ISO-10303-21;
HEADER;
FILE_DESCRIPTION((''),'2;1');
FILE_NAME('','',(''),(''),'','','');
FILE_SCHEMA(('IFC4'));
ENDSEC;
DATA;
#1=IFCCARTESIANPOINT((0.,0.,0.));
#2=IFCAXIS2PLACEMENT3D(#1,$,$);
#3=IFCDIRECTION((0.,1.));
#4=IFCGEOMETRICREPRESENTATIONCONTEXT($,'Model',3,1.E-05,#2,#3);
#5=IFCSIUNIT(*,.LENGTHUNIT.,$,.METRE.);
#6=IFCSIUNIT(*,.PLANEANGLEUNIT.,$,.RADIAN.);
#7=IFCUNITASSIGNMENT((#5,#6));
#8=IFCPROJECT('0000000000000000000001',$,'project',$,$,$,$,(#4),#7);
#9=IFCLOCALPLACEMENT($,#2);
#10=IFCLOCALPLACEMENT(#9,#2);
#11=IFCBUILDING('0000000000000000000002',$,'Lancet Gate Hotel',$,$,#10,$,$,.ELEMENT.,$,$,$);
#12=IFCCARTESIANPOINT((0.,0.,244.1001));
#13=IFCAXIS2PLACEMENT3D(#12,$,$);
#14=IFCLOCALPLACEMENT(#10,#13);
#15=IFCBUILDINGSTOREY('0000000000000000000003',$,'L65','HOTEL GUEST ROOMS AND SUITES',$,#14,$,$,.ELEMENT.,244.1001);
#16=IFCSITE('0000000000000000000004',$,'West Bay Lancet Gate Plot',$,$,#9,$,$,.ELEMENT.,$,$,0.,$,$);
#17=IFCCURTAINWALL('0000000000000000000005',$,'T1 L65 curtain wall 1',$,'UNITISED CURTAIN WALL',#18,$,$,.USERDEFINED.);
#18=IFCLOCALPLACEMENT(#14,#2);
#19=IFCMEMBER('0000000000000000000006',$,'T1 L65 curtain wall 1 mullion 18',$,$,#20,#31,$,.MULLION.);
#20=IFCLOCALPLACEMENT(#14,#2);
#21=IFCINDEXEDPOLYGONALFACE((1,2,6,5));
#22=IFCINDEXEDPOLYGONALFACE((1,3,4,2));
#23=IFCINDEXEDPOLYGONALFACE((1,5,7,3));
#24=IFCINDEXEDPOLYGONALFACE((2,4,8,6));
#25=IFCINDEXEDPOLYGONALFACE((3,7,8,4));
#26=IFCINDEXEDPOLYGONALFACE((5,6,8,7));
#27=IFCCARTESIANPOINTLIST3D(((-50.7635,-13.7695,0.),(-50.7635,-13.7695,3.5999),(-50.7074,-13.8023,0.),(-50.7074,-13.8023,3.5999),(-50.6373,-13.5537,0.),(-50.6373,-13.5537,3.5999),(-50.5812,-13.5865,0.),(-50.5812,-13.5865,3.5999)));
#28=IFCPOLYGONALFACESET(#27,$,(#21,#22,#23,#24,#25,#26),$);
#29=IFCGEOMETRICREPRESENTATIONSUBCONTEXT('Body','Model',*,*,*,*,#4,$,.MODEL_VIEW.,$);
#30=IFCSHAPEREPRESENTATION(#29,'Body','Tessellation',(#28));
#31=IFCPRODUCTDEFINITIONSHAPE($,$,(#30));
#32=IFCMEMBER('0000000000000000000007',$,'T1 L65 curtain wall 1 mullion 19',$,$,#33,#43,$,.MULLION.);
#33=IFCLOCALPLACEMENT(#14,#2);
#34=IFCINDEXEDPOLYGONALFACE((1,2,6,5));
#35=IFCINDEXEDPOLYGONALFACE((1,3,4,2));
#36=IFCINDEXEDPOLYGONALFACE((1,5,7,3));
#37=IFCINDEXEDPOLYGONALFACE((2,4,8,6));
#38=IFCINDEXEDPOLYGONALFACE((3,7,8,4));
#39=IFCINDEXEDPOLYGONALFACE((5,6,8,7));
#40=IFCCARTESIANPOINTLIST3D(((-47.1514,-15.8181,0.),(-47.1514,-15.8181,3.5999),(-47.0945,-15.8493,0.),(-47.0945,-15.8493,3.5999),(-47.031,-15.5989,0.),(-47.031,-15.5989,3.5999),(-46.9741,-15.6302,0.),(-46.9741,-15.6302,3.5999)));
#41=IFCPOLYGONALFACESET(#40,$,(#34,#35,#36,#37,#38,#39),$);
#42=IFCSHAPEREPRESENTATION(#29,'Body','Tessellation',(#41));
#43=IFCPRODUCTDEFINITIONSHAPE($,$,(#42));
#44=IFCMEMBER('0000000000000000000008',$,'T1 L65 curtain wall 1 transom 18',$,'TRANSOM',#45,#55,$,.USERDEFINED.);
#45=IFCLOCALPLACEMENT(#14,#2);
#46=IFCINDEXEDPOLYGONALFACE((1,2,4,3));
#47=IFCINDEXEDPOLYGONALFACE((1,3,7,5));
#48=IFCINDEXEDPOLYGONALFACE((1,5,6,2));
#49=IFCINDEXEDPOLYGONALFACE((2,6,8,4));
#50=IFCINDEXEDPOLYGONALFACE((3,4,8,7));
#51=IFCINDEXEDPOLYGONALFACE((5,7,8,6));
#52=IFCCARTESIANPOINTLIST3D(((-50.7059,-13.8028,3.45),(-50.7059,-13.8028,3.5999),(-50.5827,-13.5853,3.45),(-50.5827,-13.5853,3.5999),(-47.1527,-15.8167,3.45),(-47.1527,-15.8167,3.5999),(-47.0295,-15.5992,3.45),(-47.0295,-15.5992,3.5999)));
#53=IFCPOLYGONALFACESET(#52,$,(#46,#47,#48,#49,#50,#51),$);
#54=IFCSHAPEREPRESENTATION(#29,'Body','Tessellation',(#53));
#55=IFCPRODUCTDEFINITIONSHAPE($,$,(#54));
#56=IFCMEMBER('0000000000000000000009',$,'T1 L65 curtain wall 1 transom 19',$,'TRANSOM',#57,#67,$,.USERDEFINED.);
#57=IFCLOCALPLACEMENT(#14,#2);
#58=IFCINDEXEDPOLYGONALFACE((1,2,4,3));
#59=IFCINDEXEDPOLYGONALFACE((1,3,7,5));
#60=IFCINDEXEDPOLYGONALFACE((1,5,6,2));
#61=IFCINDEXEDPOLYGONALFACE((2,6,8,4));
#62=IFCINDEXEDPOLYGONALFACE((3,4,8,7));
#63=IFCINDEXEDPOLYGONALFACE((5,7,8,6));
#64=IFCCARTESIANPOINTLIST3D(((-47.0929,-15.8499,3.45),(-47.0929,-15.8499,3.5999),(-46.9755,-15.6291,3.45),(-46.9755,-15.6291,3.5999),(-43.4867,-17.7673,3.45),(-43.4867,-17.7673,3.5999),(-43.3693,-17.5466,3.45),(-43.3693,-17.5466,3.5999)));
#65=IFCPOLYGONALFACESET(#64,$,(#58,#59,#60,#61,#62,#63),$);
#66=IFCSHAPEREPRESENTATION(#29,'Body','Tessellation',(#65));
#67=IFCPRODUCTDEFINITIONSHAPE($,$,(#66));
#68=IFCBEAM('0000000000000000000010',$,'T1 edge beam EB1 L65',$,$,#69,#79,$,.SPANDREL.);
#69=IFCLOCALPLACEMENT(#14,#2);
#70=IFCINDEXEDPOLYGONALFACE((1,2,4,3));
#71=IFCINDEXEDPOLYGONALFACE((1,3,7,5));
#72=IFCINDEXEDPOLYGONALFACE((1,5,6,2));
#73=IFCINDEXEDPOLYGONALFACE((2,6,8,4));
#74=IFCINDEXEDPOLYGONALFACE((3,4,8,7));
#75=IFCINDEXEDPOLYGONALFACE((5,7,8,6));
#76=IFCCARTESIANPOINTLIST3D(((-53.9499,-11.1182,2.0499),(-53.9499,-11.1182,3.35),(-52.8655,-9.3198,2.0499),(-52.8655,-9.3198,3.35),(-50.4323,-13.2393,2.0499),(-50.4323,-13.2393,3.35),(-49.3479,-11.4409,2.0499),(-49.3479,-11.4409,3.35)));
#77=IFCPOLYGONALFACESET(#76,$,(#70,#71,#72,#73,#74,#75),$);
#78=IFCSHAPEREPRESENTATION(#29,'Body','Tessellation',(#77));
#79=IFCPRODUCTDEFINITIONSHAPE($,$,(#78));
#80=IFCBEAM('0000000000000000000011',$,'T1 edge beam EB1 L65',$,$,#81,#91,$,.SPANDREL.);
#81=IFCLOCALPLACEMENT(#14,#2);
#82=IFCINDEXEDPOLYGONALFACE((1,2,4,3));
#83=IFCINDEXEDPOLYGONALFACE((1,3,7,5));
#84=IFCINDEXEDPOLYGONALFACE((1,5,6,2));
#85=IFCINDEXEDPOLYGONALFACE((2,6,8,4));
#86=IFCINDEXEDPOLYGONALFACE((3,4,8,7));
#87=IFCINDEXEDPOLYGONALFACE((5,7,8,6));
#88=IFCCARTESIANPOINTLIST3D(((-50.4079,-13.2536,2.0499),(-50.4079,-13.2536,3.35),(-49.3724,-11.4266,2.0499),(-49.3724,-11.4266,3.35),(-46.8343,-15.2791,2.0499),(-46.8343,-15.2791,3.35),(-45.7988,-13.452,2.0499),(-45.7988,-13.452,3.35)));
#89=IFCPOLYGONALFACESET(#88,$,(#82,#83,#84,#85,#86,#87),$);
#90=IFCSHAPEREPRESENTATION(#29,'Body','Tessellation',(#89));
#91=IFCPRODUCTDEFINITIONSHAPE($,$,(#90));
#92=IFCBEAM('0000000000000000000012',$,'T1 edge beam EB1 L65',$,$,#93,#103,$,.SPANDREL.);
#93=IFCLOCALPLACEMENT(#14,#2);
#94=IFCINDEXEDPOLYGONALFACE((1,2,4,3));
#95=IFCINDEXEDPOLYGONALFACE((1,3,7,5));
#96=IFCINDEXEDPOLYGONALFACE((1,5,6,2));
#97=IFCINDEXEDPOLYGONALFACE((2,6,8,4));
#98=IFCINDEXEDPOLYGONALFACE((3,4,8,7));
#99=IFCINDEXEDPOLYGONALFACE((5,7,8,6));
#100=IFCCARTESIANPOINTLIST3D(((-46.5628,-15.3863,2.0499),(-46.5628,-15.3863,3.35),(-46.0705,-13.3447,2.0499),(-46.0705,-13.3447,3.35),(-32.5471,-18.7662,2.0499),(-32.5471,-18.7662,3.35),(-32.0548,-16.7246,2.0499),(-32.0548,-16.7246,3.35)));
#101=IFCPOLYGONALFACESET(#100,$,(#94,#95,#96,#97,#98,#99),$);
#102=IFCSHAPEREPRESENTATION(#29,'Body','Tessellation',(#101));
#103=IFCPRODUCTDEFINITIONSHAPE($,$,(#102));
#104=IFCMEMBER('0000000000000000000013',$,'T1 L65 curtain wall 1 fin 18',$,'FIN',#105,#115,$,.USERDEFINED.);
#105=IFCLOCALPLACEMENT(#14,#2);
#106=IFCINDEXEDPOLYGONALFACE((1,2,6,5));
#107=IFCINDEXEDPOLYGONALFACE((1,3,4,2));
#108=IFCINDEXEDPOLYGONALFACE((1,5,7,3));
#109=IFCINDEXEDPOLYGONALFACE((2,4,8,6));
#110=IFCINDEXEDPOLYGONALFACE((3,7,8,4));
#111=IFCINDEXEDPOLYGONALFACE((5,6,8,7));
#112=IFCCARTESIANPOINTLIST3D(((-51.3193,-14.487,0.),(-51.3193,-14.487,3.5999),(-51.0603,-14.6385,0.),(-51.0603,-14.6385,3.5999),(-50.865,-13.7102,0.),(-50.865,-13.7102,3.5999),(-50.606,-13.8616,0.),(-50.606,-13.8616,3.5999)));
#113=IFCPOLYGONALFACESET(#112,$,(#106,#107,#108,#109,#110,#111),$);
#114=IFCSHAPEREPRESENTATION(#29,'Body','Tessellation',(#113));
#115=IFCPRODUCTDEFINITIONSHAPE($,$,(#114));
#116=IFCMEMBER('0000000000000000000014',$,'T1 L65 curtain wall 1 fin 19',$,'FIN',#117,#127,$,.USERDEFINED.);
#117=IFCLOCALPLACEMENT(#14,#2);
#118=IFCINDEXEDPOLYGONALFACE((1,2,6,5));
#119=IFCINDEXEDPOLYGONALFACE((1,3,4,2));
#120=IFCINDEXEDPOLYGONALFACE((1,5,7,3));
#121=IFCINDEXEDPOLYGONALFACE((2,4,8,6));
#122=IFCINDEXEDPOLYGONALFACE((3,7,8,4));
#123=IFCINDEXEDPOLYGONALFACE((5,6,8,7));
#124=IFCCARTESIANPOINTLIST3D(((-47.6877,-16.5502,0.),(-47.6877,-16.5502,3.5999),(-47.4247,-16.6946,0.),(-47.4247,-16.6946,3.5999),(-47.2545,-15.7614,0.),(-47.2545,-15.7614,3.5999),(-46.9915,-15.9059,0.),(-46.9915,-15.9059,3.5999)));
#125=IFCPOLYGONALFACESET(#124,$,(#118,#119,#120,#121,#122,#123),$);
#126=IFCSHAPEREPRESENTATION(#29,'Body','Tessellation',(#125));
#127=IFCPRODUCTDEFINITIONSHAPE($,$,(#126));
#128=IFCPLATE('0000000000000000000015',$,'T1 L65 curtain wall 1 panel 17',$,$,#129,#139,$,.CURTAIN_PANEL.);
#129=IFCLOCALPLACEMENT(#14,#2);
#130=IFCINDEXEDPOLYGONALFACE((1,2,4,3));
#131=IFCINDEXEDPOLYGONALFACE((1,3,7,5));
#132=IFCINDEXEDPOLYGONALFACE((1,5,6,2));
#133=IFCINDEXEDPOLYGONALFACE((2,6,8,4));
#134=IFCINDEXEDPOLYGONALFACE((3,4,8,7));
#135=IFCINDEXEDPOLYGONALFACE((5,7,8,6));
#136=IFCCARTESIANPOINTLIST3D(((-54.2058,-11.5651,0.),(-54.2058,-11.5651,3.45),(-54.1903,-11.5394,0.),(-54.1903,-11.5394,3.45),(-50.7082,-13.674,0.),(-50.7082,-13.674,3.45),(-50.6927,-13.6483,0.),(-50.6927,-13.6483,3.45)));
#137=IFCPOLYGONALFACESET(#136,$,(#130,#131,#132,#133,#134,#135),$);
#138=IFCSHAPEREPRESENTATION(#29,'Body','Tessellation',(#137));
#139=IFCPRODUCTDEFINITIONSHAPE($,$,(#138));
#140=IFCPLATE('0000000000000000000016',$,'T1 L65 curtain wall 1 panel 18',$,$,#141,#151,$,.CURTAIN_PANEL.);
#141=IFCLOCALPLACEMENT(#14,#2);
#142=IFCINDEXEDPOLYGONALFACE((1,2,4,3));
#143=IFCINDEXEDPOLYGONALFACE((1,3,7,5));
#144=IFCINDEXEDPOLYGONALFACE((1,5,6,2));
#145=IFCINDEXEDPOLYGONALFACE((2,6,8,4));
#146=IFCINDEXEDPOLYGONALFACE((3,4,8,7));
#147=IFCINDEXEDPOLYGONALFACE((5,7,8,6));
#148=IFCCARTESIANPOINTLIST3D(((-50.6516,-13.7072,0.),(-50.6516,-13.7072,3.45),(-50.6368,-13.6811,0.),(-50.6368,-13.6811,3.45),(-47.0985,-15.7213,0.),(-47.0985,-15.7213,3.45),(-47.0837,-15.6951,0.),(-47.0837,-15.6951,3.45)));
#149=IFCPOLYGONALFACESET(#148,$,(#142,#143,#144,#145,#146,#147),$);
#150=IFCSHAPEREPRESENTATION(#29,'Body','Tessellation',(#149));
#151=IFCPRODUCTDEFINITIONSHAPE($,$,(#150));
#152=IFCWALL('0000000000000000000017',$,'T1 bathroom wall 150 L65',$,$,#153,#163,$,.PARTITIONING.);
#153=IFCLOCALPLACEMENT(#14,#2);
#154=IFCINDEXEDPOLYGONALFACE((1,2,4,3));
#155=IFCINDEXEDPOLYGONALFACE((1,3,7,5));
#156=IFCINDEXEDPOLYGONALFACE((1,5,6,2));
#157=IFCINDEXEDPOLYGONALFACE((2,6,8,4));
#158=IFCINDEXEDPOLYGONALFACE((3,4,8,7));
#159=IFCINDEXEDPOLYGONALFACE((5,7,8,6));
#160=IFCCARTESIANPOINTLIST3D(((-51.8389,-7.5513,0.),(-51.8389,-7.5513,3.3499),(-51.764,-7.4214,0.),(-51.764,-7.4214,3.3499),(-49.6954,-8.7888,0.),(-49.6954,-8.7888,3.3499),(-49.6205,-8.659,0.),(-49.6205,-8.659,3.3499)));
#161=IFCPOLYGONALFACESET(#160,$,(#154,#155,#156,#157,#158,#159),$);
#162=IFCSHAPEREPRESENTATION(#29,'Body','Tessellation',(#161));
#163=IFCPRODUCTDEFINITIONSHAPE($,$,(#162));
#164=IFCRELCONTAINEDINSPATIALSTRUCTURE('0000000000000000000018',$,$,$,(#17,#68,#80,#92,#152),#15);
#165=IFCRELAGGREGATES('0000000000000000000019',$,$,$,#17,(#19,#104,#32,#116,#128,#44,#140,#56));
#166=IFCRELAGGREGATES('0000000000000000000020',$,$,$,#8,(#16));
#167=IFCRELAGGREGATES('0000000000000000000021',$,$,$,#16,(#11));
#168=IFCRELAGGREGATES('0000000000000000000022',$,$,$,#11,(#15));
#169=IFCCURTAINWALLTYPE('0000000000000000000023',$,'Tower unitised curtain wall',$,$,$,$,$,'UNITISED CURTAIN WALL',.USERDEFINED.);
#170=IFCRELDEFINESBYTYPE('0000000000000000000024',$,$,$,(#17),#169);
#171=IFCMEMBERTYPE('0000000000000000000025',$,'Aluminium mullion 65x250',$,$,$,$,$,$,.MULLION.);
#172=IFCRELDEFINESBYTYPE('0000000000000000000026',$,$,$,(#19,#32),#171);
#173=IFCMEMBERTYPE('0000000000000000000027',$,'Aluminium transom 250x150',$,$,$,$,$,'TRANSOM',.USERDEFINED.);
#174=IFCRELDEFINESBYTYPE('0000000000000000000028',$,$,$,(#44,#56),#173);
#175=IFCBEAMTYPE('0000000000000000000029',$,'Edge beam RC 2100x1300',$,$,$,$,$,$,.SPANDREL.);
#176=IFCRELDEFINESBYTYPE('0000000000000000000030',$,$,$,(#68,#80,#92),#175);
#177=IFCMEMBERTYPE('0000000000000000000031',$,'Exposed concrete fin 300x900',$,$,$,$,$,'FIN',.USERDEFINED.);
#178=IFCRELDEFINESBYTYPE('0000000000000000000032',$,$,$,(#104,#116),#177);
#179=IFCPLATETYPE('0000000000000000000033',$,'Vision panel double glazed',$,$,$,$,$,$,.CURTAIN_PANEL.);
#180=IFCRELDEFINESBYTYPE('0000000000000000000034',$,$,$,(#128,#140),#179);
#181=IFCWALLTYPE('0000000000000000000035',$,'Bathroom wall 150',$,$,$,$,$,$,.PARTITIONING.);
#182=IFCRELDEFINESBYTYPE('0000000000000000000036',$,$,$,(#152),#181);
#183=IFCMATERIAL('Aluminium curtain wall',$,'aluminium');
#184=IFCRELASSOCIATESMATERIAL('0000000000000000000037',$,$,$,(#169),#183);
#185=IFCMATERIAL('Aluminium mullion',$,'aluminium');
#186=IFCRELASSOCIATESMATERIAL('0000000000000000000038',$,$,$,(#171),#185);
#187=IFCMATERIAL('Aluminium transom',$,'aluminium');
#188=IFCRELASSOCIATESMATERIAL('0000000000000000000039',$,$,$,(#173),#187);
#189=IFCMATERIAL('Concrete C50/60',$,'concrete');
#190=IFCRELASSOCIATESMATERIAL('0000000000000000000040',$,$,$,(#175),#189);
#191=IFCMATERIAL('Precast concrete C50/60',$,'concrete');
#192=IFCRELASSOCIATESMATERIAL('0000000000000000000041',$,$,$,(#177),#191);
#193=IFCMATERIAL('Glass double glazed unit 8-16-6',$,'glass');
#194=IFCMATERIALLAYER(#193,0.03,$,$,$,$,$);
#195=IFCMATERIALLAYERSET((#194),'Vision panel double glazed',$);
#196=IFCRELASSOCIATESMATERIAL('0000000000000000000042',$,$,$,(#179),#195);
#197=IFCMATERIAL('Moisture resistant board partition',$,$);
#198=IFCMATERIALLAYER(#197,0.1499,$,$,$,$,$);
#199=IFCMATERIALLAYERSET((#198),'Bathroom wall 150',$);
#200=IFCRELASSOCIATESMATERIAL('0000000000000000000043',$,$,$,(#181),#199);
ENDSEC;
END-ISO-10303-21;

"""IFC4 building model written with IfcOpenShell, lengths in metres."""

from ifc_helpers import new_model, si_unit, direction, frame, frame_2d, origin, origin_2d, place, context, subcontext, project, spatial, rectangle, extrude, material, layer, layer_set, material_profile, profile_set, type_object, element, aggregate, save


model = new_model("IFC4")

# Units and contexts
model_context = context("Model", 3, precision=1e-05, world=origin(), true_north=direction((0.0, 1.0)))
body_context = subcontext(model_context, "Body", "Model", "MODEL_VIEW")
ifc_project = project(units=[si_unit("LENGTHUNIT", "METRE"), si_unit("PLANEANGLEUNIT", "RADIAN")], contexts=[model_context])

# Site, building, storey
site_placement = place(None, origin())
site = spatial("IfcSite", under=ifc_project, at=site_placement, Name="West Bay Lancet Gate Plot", CompositionType="ELEMENT", RefElevation=0.0)
building_placement = place(site_placement, origin())
building = spatial("IfcBuilding", under=site, at=building_placement, Name="Lancet Gate Hotel", CompositionType="ELEMENT")
storey_placement = place(building_placement, frame((0.0, 0.0, 244.1001)))
storey = spatial("IfcBuildingStorey", under=building, at=storey_placement, Name="L65", Description="HOTEL GUEST ROOMS AND SUITES", CompositionType="ELEMENT", Elevation=244.1001)

# Curtain wall, members
ifc_material_1 = material(Name="Aluminium curtain wall", Category="aluminium")
curtain_wall_type = type_object("IfcCurtainWallType", Name="Tower unitised curtain wall", ElementType="UNITISED CURTAIN WALL", PredefinedType="USERDEFINED", material=ifc_material_1)
curtain_wall_placement = place(storey_placement, origin())
curtain_wall = element("IfcCurtainWall", 1, at=curtain_wall_placement, inside=storey, type_object=curtain_wall_type, Name="T1 L65 curtain wall 1", ObjectType="UNITISED CURTAIN WALL", PredefinedType="USERDEFINED")
ifc_material_2 = material(Name="Aluminium mullion", Category="aluminium")
ifc_material_profile_1 = material_profile(ifc_material_2, rectangle(XDim=0.0649, YDim=0.25, at=origin_2d()), Name="MULLION 65x250")
ifc_profile_set_1 = profile_set([ifc_material_profile_1], Name="Aluminium mullion")
member_type_1 = type_object("IfcMemberType", Name="Aluminium mullion 65x250", PredefinedType="MULLION", material=ifc_profile_set_1)
member_1_placement = place(storey_placement, frame((-50.6724, -13.678, 0.0), z_axis=(0.0, 0.0, 1.0), x_axis=(0.863242, -0.50479, 0.0)))
member_1 = element("IfcMember", 2, at=member_1_placement, type_object=member_type_1, Name="T1 L65 curtain wall 1 mullion 18", PredefinedType="MULLION", context=body_context, shape_type="SweptSolid", body=[
    extrude(rectangle(XDim=0.0649, YDim=0.25, at=origin_2d()), origin(), (0.0, 0.0, 1.0), 3.5999),
])
member_2_placement = place(storey_placement, frame((-47.0627, -15.7241, 0.0), z_axis=(0.0, 0.0, 1.0), x_axis=(0.876516, -0.481372, 0.0)))
member_2 = element("IfcMember", 3, at=member_2_placement, type_object=member_type_1, Name="T1 L65 curtain wall 1 mullion 19", PredefinedType="MULLION", context=body_context, shape_type="SweptSolid", body=[
    extrude(rectangle(XDim=0.0649, YDim=0.25, at=origin_2d()), origin(), (0.0, 0.0, 1.0), 3.5999),
])
ifc_material_3 = material(Name="Aluminium transom", Category="aluminium")
ifc_material_profile_2 = material_profile(ifc_material_3, rectangle(XDim=0.25, YDim=0.1499, at=origin_2d()), Name="TRANSOM 250x150")
ifc_profile_set_2 = profile_set([ifc_material_profile_2], Name="Aluminium transom")
member_type_2 = type_object("IfcMemberType", Name="Aluminium transom 250x150", ElementType="TRANSOM", PredefinedType="USERDEFINED", material=ifc_profile_set_2)
member_3_placement = place(storey_placement, frame((-50.6443, -13.6941, 3.5249), z_axis=(0.869978, -0.493091, 0.0), x_axis=(0.493091, 0.869978, 0.0)))
member_3 = element("IfcMember", 4, at=member_3_placement, type_object=member_type_2, Name="T1 L65 curtain wall 1 transom 18", ObjectType="TRANSOM", PredefinedType="USERDEFINED", context=body_context, shape_type="SweptSolid", body=[
    extrude(rectangle(XDim=0.25, YDim=0.1499, at=origin_2d()), origin(), (0.0, 0.0, 1.0), 4.0842),
])
member_4_placement = place(storey_placement, frame((-47.0342, -15.7395, 3.5249), z_axis=(0.882945, -0.469477, 0.0), x_axis=(0.469477, 0.882945, 0.0)))
member_4 = element("IfcMember", 5, at=member_4_placement, type_object=member_type_2, Name="T1 L65 curtain wall 1 transom 19", ObjectType="TRANSOM", PredefinedType="USERDEFINED", context=body_context, shape_type="SweptSolid", body=[
    extrude(rectangle(XDim=0.25, YDim=0.1499, at=origin_2d()), origin(), (0.0, 0.0, 1.0), 4.0842),
])

# Beams
ifc_material_4 = material(Name="Concrete C50/60", Category="concrete")
ifc_material_profile_3 = material_profile(ifc_material_4, rectangle(XDim=2.1001, YDim=1.3, at=origin_2d()), Name="RC 2100x1300")
ifc_profile_set_3 = profile_set([ifc_material_profile_3], Name="Concrete C50/60")
beam_type = type_object("IfcBeamType", Name="Edge beam RC 2100x1300", PredefinedType="SPANDREL", material=ifc_profile_set_3)
for number, where, z_axis, x_axis, name in (
    (6, (-53.4077, -10.219, 2.7), (0.856358, -0.516382, 0.0), (0.516382, 0.856358, 0.0), "T1 edge beam EB1 L65"),
    (7, (-49.8901, -12.3401, 2.7), (0.869979, -0.493089, 0.0), (0.493089, 0.869979, 0.0), "T1 edge beam EB1 L65"),
):
    element("IfcBeam", number, at=place(storey_placement, frame(where, z_axis=z_axis, x_axis=x_axis)), inside=storey, type_object=beam_type, Name=name, PredefinedType="SPANDREL", context=body_context, shape_type="SweptSolid", body=[
        extrude(rectangle(XDim=2.1001, YDim=1.3, at=origin_2d()), origin(), (0.0, 0.0, 1.0), 4.1077),
    ])
beam_placement = place(storey_placement, frame((-46.3167, -14.3655, 2.7), z_axis=(0.972133, -0.234431, 0.0), x_axis=(0.234431, 0.972133, 0.0)))
element("IfcBeam", 8, at=beam_placement, inside=storey, type_object=beam_type, Name="T1 edge beam EB1 L65", PredefinedType="SPANDREL", context=body_context, shape_type="SweptSolid", body=[
    extrude(rectangle(XDim=2.1001, YDim=1.3, at=origin_2d()), origin(), (0.0, 0.0, 1.0), 14.4175),
])

# Members
ifc_material_5 = material(Name="Precast concrete C50/60", Category="concrete")
ifc_material_profile_4 = material_profile(ifc_material_5, rectangle(XDim=0.3, YDim=0.8999, at=origin_2d()), Name="FIN 300x900")
ifc_profile_set_4 = profile_set([ifc_material_profile_4], Name="Precast concrete C50/60")
member_type_3 = type_object("IfcMemberType", Name="Exposed concrete fin 300x900", ElementType="FIN", PredefinedType="USERDEFINED", material=ifc_profile_set_4)
member_5_placement = place(storey_placement, frame((-50.9626, -14.1743, 0.0), z_axis=(0.0, 0.0, 1.0), x_axis=(0.863242, -0.50479, 0.0)))
member_5 = element("IfcMember", 9, at=member_5_placement, type_object=member_type_3, Name="T1 L65 curtain wall 1 fin 18", ObjectType="FIN", PredefinedType="USERDEFINED", context=body_context, shape_type="SweptSolid", body=[
    extrude(rectangle(XDim=0.3, YDim=0.8999, at=origin_2d()), origin(), (0.0, 0.0, 1.0), 3.5999),
])
member_6_placement = place(storey_placement, frame((-47.3396, -16.228, 0.0), z_axis=(0.0, 0.0, 1.0), x_axis=(0.876516, -0.481372, 0.0)))
member_6 = element("IfcMember", 10, at=member_6_placement, type_object=member_type_3, Name="T1 L65 curtain wall 1 fin 19", ObjectType="FIN", PredefinedType="USERDEFINED", context=body_context, shape_type="SweptSolid", body=[
    extrude(rectangle(XDim=0.3, YDim=0.8999, at=origin_2d()), origin(), (0.0, 0.0, 1.0), 3.5999),
])

# Plates
ifc_material_6 = material(Name="Glass double glazed unit 8-16-6", Category="glass")
ifc_layer_1 = layer(ifc_material_6, 0.03)
ifc_layer_set_1 = layer_set([ifc_layer_1], Name="Vision panel double glazed")
plate_type = type_object("IfcPlateType", Name="Vision panel double glazed", PredefinedType="CURTAIN_PANEL", material=ifc_layer_set_1)
plate_1_placement = place(storey_placement, frame((-52.4492, -12.6067, 0.0), z_axis=(0.0, 0.0, 1.0), x_axis=(0.85637, -0.516363, 0.0)))
plate_1 = element("IfcPlate", 11, at=plate_1_placement, type_object=plate_type, Name="T1 L65 curtain wall 1 panel 17", PredefinedType="CURTAIN_PANEL", context=body_context, shape_type="SweptSolid", body=[
    extrude(rectangle(XDim=4.0842, YDim=0.03, at=origin_2d()), origin(), (0.0, 0.0, 1.0), 3.45),
])
plate_2_placement = place(storey_placement, frame((-48.8677, -14.7012, 0.0), z_axis=(0.0, 0.0, 1.0), x_axis=(0.869958, -0.493126, 0.0)))
plate_2 = element("IfcPlate", 12, at=plate_2_placement, type_object=plate_type, Name="T1 L65 curtain wall 1 panel 18", PredefinedType="CURTAIN_PANEL", context=body_context, shape_type="SweptSolid", body=[
    extrude(rectangle(XDim=4.0842, YDim=0.03, at=origin_2d()), origin(), (0.0, 0.0, 1.0), 3.45),
])
aggregate(curtain_wall, [member_1, member_5, member_2, member_6, plate_1, member_3, plate_2, member_4])

# Wall
ifc_material_7 = material(Name="Moisture resistant board partition")
ifc_layer_2 = layer(ifc_material_7, 0.1499)
ifc_layer_set_2 = layer_set([ifc_layer_2], Name="Bathroom wall 150")
wall_type_1 = type_object("IfcWallType", Name="Bathroom wall 150", PredefinedType="PARTITIONING", material=ifc_layer_set_2)
wall_1_placement = place(storey_placement, frame((-49.658, -8.7239, 0.0), z_axis=(0.0, 0.0, 1.0), x_axis=(-0.866031, 0.49999, 0.0)))
element("IfcWall", 13, at=wall_1_placement, inside=storey, type_object=wall_type_1, Name="T1 bathroom wall 150 L65", PredefinedType="PARTITIONING", context=body_context, shape_type="SweptSolid", body=[
    extrude(rectangle(XDim=2.4751, YDim=0.1499, at=frame_2d((1.2375, 0.0))), origin(), (0.0, 0.0, 1.0), 3.3499),
])

save(model, "model.ifc")
